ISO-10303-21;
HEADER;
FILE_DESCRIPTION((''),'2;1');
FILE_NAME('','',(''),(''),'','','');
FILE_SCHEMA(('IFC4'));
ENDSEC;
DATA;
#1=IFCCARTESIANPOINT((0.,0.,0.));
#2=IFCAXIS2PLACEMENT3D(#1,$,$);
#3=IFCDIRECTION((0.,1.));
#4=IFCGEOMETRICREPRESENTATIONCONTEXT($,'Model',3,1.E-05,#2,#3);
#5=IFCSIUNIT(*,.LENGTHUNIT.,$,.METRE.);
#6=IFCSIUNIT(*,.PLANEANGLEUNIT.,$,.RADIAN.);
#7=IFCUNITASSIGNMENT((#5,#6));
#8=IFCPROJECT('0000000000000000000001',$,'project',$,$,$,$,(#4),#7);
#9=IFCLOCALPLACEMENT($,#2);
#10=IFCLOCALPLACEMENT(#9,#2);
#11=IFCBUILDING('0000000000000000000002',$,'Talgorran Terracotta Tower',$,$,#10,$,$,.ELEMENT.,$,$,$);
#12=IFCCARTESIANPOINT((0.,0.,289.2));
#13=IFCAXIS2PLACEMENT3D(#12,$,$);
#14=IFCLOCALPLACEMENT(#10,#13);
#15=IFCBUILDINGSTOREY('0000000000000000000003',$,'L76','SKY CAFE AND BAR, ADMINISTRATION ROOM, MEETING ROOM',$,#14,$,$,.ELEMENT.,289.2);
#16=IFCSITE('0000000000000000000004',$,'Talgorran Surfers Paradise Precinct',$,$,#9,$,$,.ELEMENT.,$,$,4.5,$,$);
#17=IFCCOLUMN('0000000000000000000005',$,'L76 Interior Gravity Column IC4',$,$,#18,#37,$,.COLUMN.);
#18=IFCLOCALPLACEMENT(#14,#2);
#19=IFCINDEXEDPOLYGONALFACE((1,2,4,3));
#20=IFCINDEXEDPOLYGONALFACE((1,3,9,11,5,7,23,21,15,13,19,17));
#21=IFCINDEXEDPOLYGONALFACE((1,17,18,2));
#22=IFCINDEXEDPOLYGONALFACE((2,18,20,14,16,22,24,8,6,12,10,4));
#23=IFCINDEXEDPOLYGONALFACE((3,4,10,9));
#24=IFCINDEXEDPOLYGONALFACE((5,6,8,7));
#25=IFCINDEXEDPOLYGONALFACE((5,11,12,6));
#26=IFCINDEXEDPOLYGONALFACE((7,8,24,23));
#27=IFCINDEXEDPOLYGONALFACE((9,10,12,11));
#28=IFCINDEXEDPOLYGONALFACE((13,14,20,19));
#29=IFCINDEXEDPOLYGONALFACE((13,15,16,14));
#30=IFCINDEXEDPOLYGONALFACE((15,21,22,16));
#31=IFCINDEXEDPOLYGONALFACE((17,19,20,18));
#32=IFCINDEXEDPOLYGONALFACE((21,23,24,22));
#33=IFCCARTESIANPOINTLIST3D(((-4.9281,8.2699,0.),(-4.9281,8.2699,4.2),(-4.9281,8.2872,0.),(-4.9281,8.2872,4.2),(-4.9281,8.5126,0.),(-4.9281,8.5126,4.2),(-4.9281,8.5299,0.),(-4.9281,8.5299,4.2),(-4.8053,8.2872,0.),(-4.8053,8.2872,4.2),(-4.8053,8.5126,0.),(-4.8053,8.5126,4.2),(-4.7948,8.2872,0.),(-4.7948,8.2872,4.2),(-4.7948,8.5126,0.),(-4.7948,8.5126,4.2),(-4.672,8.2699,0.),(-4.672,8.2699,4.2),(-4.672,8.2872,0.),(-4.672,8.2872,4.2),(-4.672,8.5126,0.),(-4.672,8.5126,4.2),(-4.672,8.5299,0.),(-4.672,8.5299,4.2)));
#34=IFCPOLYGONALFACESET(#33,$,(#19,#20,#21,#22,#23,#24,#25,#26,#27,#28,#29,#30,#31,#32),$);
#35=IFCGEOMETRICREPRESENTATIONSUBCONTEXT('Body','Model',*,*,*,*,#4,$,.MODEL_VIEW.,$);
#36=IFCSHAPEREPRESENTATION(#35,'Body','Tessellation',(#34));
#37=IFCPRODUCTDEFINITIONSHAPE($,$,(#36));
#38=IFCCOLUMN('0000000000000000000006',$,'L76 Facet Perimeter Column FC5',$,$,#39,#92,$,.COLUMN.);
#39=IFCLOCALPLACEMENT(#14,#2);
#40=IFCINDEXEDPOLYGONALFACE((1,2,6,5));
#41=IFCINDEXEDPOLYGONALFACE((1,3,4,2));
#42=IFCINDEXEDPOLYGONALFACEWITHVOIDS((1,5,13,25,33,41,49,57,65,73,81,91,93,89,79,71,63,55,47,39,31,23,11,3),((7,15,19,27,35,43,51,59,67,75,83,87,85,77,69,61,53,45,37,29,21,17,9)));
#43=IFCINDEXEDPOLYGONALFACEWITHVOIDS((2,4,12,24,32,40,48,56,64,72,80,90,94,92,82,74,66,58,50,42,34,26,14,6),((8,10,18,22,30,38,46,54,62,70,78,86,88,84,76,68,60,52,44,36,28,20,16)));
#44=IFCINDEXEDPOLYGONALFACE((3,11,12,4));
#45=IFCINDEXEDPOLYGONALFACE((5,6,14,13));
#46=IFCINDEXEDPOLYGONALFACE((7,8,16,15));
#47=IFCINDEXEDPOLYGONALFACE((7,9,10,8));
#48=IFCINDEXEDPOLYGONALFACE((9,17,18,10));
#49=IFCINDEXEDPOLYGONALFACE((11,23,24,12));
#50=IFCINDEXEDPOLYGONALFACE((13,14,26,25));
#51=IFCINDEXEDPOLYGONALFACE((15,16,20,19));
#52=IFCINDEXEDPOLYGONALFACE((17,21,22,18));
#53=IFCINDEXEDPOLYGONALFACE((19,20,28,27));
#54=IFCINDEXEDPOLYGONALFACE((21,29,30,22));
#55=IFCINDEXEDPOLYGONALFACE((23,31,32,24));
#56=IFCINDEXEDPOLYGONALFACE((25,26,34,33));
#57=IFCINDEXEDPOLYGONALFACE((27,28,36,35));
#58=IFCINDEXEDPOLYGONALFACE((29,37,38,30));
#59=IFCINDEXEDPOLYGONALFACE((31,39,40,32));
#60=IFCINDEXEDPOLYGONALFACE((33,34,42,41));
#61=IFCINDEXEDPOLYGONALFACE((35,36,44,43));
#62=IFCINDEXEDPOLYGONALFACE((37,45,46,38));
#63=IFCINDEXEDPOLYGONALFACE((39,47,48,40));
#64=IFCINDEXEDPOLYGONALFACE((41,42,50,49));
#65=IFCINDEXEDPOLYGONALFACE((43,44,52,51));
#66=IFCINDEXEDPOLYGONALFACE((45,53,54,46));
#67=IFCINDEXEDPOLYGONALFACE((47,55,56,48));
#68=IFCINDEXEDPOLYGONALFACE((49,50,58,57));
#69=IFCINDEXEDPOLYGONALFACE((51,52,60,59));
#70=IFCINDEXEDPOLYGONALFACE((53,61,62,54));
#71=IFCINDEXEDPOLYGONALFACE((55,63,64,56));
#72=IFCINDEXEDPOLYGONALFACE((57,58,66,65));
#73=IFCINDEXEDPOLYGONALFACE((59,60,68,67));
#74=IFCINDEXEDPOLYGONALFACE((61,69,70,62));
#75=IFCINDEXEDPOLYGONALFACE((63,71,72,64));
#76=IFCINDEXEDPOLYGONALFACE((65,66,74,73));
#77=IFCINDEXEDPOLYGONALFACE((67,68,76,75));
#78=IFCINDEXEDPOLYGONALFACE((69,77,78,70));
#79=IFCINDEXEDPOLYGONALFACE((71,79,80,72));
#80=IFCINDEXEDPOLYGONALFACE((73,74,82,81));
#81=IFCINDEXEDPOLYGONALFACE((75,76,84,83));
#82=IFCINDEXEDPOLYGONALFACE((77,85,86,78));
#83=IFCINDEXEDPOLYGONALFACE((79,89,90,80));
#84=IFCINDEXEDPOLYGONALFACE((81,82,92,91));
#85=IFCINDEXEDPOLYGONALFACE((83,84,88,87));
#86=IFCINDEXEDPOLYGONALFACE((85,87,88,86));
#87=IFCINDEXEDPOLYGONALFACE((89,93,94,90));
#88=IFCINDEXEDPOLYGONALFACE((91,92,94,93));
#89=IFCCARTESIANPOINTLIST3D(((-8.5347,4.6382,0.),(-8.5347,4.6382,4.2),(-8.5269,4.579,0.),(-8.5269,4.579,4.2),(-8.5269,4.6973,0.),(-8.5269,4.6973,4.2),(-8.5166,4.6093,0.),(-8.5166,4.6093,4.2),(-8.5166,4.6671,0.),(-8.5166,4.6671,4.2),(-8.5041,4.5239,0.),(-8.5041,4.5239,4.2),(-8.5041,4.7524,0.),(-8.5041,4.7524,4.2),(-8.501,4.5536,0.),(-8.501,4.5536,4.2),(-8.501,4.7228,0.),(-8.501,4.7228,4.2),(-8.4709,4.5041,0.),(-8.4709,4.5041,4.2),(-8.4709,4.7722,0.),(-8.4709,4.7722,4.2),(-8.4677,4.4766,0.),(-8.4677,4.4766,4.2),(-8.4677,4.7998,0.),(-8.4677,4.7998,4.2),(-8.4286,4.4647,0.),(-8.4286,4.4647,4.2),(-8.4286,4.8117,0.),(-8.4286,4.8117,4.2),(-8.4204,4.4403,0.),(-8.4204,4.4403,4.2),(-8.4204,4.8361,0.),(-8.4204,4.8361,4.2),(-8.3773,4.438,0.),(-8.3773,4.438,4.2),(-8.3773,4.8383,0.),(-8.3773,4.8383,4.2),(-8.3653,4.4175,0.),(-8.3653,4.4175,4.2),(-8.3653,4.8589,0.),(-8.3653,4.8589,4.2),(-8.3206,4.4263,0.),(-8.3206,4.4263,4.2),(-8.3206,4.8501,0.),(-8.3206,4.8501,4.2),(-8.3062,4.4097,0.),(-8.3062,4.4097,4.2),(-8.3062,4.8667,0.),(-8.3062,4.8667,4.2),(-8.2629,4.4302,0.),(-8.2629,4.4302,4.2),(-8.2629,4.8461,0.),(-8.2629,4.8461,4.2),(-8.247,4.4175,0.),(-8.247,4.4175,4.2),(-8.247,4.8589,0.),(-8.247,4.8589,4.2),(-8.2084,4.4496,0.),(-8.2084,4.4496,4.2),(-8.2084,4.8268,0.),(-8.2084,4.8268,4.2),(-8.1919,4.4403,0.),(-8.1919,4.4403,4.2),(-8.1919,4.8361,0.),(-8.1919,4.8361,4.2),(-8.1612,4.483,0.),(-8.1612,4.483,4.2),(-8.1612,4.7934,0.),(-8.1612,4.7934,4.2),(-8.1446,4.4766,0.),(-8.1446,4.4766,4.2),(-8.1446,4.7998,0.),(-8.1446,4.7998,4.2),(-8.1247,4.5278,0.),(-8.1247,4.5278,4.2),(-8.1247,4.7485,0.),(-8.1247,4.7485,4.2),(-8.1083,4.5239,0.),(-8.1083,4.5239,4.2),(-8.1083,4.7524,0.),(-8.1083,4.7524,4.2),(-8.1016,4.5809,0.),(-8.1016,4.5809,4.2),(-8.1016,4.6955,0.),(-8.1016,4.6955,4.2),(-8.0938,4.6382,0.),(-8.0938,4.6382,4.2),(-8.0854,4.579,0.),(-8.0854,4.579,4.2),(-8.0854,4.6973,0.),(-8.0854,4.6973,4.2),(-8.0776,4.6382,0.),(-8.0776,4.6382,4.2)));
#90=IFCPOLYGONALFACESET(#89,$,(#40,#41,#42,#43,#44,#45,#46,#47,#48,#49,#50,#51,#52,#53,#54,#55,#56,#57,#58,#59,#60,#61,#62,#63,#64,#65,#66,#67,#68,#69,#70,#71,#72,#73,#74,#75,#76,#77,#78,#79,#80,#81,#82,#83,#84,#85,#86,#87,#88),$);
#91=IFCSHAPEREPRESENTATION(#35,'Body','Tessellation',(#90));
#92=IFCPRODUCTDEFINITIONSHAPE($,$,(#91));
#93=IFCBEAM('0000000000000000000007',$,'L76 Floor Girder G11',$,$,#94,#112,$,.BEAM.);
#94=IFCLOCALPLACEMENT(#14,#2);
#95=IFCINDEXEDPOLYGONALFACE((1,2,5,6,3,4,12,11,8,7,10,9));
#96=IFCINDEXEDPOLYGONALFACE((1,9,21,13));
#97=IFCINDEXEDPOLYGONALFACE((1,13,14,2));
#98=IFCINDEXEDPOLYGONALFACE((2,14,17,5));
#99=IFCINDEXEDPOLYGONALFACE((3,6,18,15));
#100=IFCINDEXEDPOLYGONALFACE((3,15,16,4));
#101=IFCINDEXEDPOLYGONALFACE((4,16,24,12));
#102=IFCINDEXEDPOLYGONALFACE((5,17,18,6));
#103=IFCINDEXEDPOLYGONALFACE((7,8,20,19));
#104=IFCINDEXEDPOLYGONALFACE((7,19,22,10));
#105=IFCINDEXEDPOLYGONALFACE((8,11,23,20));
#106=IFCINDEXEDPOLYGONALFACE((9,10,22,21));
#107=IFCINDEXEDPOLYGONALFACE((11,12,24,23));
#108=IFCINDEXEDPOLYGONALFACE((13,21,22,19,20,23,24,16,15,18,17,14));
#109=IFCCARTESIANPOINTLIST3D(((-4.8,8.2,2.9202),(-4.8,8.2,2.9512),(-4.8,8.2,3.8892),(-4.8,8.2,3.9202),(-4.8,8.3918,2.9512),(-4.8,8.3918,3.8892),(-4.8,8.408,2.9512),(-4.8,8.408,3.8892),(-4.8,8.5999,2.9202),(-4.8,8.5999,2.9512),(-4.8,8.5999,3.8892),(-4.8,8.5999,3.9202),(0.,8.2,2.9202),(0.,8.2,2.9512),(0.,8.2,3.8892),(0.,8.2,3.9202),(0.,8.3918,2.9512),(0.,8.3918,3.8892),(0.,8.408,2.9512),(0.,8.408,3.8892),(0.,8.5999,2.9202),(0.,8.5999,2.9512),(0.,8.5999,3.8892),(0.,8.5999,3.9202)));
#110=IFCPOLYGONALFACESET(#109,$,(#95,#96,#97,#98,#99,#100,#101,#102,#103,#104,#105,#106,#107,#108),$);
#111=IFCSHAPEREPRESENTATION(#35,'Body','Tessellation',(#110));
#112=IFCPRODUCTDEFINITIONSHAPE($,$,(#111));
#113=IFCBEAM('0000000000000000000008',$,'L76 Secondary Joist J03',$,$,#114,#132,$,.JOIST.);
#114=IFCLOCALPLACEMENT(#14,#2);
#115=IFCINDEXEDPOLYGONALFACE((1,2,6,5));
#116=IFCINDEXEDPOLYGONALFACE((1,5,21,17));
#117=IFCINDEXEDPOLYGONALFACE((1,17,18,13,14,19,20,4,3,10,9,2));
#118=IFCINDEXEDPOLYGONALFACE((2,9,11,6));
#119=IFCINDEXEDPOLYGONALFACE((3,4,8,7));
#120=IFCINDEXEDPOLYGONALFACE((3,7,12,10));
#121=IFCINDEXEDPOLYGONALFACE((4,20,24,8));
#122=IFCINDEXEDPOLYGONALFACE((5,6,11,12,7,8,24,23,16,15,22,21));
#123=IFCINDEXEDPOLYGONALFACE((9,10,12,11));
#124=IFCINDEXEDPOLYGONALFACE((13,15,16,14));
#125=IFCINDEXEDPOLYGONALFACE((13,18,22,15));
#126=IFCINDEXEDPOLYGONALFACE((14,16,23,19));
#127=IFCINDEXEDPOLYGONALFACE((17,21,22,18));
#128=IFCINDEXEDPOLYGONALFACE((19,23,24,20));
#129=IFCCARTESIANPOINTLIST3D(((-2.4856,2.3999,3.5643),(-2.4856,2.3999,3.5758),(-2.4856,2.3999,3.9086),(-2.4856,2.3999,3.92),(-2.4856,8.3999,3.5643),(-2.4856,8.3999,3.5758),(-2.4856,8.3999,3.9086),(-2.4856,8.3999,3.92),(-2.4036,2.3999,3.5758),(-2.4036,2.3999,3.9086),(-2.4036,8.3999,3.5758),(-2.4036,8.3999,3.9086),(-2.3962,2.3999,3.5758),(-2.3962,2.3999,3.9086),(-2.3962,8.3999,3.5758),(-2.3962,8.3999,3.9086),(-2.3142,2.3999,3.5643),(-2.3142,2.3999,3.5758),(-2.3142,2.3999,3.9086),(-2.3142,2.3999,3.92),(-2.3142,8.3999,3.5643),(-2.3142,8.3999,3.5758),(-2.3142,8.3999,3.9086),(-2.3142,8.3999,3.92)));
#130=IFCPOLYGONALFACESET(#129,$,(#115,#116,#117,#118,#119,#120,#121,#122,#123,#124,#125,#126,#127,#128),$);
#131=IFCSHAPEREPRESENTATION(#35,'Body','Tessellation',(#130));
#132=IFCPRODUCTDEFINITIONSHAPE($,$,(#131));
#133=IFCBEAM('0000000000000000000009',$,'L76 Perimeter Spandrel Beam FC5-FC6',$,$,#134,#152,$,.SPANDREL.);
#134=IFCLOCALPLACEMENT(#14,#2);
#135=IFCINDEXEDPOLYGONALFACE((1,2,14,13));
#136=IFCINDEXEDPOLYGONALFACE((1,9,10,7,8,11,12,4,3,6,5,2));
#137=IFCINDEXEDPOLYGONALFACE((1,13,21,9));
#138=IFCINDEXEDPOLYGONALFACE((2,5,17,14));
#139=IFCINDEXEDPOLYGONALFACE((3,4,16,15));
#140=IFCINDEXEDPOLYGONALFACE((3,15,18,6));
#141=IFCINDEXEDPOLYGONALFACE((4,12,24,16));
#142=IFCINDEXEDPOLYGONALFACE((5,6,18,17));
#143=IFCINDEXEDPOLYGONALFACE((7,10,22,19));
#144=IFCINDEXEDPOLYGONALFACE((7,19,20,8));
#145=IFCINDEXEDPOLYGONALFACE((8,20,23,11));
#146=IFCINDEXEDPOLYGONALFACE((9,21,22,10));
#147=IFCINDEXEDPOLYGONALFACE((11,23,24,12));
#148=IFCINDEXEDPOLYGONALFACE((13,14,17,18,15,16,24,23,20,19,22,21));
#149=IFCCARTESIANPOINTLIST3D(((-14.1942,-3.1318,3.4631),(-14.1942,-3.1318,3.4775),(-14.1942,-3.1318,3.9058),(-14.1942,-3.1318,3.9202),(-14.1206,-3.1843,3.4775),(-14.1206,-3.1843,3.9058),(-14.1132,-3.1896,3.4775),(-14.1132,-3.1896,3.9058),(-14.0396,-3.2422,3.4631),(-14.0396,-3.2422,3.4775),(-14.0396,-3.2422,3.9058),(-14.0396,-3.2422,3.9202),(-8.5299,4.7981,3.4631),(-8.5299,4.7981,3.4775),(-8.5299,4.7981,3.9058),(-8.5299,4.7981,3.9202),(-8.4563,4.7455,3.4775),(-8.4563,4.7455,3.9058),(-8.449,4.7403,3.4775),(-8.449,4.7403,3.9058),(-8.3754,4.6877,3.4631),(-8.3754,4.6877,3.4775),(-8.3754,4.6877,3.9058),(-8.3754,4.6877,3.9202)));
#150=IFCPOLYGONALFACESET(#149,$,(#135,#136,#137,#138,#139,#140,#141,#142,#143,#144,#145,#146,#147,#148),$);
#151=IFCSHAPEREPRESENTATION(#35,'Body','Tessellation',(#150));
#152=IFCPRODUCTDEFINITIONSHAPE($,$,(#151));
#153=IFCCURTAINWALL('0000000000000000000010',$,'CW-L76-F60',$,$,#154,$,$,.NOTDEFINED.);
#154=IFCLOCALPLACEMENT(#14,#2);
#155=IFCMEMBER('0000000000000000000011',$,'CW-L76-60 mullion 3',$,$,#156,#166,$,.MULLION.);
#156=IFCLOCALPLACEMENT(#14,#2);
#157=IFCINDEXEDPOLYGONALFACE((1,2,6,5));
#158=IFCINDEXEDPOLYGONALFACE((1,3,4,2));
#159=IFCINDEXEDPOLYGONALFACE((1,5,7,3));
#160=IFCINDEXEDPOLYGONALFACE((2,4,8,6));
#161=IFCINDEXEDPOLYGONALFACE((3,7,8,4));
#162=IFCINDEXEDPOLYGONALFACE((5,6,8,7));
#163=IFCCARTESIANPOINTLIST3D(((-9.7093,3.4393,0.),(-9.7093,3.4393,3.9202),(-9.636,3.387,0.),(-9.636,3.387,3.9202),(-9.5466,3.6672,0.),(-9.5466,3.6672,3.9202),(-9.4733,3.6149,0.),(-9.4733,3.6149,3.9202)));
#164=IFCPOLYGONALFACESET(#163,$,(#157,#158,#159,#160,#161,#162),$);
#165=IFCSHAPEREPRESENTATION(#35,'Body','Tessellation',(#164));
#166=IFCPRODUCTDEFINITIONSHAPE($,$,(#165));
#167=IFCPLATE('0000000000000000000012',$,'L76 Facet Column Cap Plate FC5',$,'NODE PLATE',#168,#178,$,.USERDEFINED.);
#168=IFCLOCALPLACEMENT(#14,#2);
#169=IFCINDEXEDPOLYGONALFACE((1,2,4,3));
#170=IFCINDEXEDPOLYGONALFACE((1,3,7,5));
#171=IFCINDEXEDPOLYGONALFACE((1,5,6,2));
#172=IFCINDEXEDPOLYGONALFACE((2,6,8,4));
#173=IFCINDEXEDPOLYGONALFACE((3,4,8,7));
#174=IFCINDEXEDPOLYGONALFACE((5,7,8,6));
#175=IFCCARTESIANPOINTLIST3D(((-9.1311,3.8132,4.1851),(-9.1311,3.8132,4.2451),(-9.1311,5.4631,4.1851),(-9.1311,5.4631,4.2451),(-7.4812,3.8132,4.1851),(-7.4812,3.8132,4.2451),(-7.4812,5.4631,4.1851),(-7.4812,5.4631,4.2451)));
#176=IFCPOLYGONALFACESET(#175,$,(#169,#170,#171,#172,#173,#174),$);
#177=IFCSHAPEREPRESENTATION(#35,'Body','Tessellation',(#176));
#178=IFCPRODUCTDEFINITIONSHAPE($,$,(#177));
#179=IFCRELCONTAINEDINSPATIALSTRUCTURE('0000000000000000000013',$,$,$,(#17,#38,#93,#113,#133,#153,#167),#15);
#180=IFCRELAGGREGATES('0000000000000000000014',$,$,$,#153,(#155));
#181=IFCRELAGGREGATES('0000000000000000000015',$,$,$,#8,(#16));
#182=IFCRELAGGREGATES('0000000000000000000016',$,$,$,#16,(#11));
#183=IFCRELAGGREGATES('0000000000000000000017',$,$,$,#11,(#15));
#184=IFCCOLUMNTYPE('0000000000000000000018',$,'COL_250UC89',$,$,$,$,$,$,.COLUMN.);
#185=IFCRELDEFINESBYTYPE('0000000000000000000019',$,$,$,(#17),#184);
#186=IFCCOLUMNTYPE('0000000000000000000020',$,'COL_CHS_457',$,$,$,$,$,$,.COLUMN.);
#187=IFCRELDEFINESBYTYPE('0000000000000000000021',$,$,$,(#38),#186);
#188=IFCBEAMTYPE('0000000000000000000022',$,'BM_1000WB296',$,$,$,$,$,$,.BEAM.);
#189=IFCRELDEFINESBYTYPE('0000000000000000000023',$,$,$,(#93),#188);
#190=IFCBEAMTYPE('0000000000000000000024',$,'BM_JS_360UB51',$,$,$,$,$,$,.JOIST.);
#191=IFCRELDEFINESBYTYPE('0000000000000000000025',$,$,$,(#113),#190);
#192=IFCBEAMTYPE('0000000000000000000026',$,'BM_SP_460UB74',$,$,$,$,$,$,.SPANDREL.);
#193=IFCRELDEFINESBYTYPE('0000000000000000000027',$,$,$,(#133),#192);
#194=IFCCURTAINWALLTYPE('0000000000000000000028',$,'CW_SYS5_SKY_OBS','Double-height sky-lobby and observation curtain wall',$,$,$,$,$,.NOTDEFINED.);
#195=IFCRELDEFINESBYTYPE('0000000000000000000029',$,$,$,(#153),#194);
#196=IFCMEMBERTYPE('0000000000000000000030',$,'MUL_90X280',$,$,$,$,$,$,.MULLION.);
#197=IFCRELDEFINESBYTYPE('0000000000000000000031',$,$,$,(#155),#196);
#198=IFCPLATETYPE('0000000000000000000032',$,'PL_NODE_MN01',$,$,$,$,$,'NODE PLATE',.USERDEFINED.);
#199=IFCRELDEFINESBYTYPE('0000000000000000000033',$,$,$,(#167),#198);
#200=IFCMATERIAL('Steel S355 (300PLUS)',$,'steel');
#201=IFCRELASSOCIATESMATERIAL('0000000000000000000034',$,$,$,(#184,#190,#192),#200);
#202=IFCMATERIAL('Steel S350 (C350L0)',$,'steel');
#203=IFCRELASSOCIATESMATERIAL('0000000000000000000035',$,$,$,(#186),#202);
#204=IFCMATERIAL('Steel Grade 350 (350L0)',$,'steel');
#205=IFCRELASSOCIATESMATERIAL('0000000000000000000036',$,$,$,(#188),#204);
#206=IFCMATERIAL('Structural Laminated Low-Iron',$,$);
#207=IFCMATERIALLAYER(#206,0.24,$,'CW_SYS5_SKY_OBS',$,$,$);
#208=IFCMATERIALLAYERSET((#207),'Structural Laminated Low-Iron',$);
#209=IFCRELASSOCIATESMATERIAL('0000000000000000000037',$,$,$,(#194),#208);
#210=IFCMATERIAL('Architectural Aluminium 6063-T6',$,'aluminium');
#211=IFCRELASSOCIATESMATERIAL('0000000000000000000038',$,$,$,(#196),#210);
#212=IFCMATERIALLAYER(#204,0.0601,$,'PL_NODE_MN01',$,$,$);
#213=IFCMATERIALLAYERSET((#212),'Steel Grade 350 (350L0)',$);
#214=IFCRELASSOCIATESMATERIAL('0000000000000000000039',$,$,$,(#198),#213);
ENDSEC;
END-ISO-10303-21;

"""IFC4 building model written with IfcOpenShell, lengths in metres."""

from ifc_helpers import new_model, si_unit, direction, frame, origin, origin_2d, place, context, subcontext, project, spatial, rectangle, hollow_circle, i_section, extrude, material, layer, layer_set, material_profile, profile_set, type_object, element, aggregate, save


model = new_model("IFC4")

# Units and contexts
model_context = context("Model", 3, precision=1e-05, world=origin(), true_north=direction((0.0, 1.0)))
body_context = subcontext(model_context, "Body", "Model", "MODEL_VIEW")
ifc_project = project(units=[si_unit("LENGTHUNIT", "METRE"), si_unit("PLANEANGLEUNIT", "RADIAN")], contexts=[model_context])

# Site, building, storey
site_placement = place(None, origin())
site = spatial("IfcSite", under=ifc_project, at=site_placement, Name="Talgorran Surfers Paradise Precinct", CompositionType="ELEMENT", RefElevation=4.5)
building_placement = place(site_placement, origin())
building = spatial("IfcBuilding", under=site, at=building_placement, Name="Talgorran Terracotta Tower", CompositionType="ELEMENT")
storey_placement = place(building_placement, frame((0.0, 0.0, 289.2)))
storey = spatial("IfcBuildingStorey", under=building, at=storey_placement, Name="L76", Description="SKY CAFE AND BAR, ADMINISTRATION ROOM, MEETING ROOM", CompositionType="ELEMENT", Elevation=289.2)

# Columns
ifc_material_1 = material(Name="Steel S355 (300PLUS)", Category="steel")
ifc_material_profile_1 = material_profile(ifc_material_1, i_section(OverallWidth=0.2561, OverallDepth=0.26, WebThickness=0.0105, FlangeThickness=0.0173, at=origin_2d()), Name="250UC89.5")
ifc_profile_set_1 = profile_set([ifc_material_profile_1], Name="Steel S355 (300PLUS)")
column_type_1 = type_object("IfcColumnType", Name="COL_250UC89", PredefinedType="COLUMN", material=ifc_profile_set_1)
column_1_placement = place(storey_placement, frame((-4.8, 8.3999, 0.0), z_axis=(0.0, 0.0, 1.0), x_axis=(1.0, 0.0, 0.0)))
element("IfcColumn", 1, at=column_1_placement, inside=storey, type_object=column_type_1, Name="L76 Interior Gravity Column IC4", PredefinedType="COLUMN", context=body_context, shape_type="SweptSolid", body=[
    extrude(i_section(OverallWidth=0.2561, OverallDepth=0.26, WebThickness=0.0105, FlangeThickness=0.0173, at=origin_2d()), origin(), (0.0, 0.0, 1.0), 4.2),
])
ifc_material_2 = material(Name="Steel S350 (C350L0)", Category="steel")
ifc_material_profile_2 = material_profile(ifc_material_2, hollow_circle(Radius=0.2285, WallThickness=0.0161, at=origin_2d()), Name="CHS457X16")
ifc_profile_set_2 = profile_set([ifc_material_profile_2], Name="Steel S350 (C350L0)")
column_type_2 = type_object("IfcColumnType", Name="COL_CHS_457", PredefinedType="COLUMN", material=ifc_profile_set_2)
column_2_placement = place(storey_placement, frame((-8.3062, 4.6382, 0.0), z_axis=(0.0, 0.0, 1.0), x_axis=(1.0, 0.0, 0.0)))
element("IfcColumn", 2, at=column_2_placement, inside=storey, type_object=column_type_2, Name="L76 Facet Perimeter Column FC5", PredefinedType="COLUMN", context=body_context, shape_type="SweptSolid", body=[
    extrude(hollow_circle(Radius=0.2285, WallThickness=0.0161, at=origin_2d()), origin(), (0.0, 0.0, 1.0), 4.2),
])

# Beams
ifc_material_3 = material(Name="Steel Grade 350 (350L0)", Category="steel")
ifc_material_profile_3 = material_profile(ifc_material_3, i_section(OverallWidth=0.3999, OverallDepth=1.0, WebThickness=0.0161, FlangeThickness=0.031, at=origin_2d()), Name="1000WB296")
ifc_profile_set_3 = profile_set([ifc_material_profile_3], Name="Steel Grade 350 (350L0)")
beam_type_1 = type_object("IfcBeamType", Name="BM_1000WB296", PredefinedType="BEAM", material=ifc_profile_set_3)
beam_1_placement = place(storey_placement, frame((-4.8, 8.3999, 3.4202), z_axis=(1.0, 0.0, 0.0), x_axis=(0.0, 1.0, 0.0)))
element("IfcBeam", 3, at=beam_1_placement, inside=storey, type_object=beam_type_1, Name="L76 Floor Girder G11", PredefinedType="BEAM", context=body_context, shape_type="SweptSolid", body=[
    extrude(i_section(OverallWidth=0.3999, OverallDepth=1.0, WebThickness=0.0161, FlangeThickness=0.031, at=origin_2d()), origin(), (0.0, 0.0, 1.0), 4.8),
])
ifc_material_profile_4 = material_profile(ifc_material_1, i_section(OverallWidth=0.1714, OverallDepth=0.3557, WebThickness=0.0073, FlangeThickness=0.0115, at=origin_2d()), Name="360UB50.7")
ifc_profile_set_4 = profile_set([ifc_material_profile_4], Name="Steel S355 (300PLUS)")
beam_type_2 = type_object("IfcBeamType", Name="BM_JS_360UB51", PredefinedType="JOIST", material=ifc_profile_set_4)
beam_2_placement = place(storey_placement, frame((-2.3999, 2.3999, 3.7422), z_axis=(0.0, 1.0, 0.0), x_axis=(-1.0, 0.0, 0.0)))
element("IfcBeam", 4, at=beam_2_placement, inside=storey, type_object=beam_type_2, Name="L76 Secondary Joist J03", PredefinedType="JOIST", context=body_context, shape_type="SweptSolid", body=[
    extrude(i_section(OverallWidth=0.1714, OverallDepth=0.3557, WebThickness=0.0073, FlangeThickness=0.0115, at=origin_2d()), origin(), (0.0, 0.0, 1.0), 6.0),
])
ifc_material_profile_5 = material_profile(ifc_material_1, i_section(OverallWidth=0.1899, OverallDepth=0.457, WebThickness=0.009, FlangeThickness=0.0144, at=origin_2d()), Name="460UB74.6")
ifc_profile_set_5 = profile_set([ifc_material_profile_5], Name="Steel S355 (300PLUS)")
beam_type_3 = type_object("IfcBeamType", Name="BM_SP_460UB74", PredefinedType="SPANDREL", material=ifc_profile_set_5)
beam_3_placement = place(storey_placement, frame((-8.4526, 4.7429, 3.6917), z_axis=(-0.581243, -0.81373, 0.0), x_axis=(0.81373, -0.581243, 0.0)))
element("IfcBeam", 5, at=beam_3_placement, inside=storey, type_object=beam_type_3, Name="L76 Perimeter Spandrel Beam FC5-FC6", PredefinedType="SPANDREL", context=body_context, shape_type="SweptSolid", body=[
    extrude(i_section(OverallWidth=0.1899, OverallDepth=0.457, WebThickness=0.009, FlangeThickness=0.0144, at=origin_2d()), origin(), (0.0, 0.0, 1.0), 9.7451),
])

# Curtain wall, member
ifc_material_4 = material(Name="Structural Laminated Low-Iron")
ifc_layer_1 = layer(ifc_material_4, 0.24, Name="CW_SYS5_SKY_OBS")
ifc_layer_set_1 = layer_set([ifc_layer_1], Name="Structural Laminated Low-Iron")
curtain_wall_type = type_object("IfcCurtainWallType", Name="CW_SYS5_SKY_OBS", Description="Double-height sky-lobby and observation curtain wall", PredefinedType="NOTDEFINED", material=ifc_layer_set_1)
curtain_wall_placement = place(storey_placement, origin())
curtain_wall = element("IfcCurtainWall", 6, at=curtain_wall_placement, inside=storey, type_object=curtain_wall_type, Name="CW-L76-F60", PredefinedType="NOTDEFINED")
ifc_material_5 = material(Name="Architectural Aluminium 6063-T6", Category="aluminium")
ifc_material_profile_6 = material_profile(ifc_material_5, rectangle(XDim=0.0901, YDim=0.28, at=origin_2d()), Name="CWM90X280")
ifc_profile_set_6 = profile_set([ifc_material_profile_6], Name="Architectural Aluminium 6063-T6")
member_type = type_object("IfcMemberType", Name="MUL_90X280", PredefinedType="MULLION", material=ifc_profile_set_6)
member_placement = place(storey_placement, frame((-9.5913, 3.5271, 0.0), z_axis=(0.0, 0.0, 1.0), x_axis=(0.813728, -0.581245, 0.0)))
member = element("IfcMember", 7, at=member_placement, type_object=member_type, Name="CW-L76-60 mullion 3", PredefinedType="MULLION", context=body_context, shape_type="SweptSolid", body=[
    extrude(rectangle(XDim=0.0901, YDim=0.28, at=origin_2d()), origin(), (0.0, 0.0, 1.0), 3.9202),
])

# Plate
ifc_layer_2 = layer(ifc_material_3, 0.0601, Name="PL_NODE_MN01")
ifc_layer_set_2 = layer_set([ifc_layer_2], Name="Steel Grade 350 (350L0)")
plate_type_1 = type_object("IfcPlateType", Name="PL_NODE_MN01", ElementType="NODE PLATE", PredefinedType="USERDEFINED", material=ifc_layer_set_2)
plate_1_placement = place(storey_placement, frame((-8.3062, 4.6382, 4.1851), z_axis=(0.0, 0.0, 1.0), x_axis=(1.0, 0.0, 0.0)))
element("IfcPlate", 8, at=plate_1_placement, inside=storey, type_object=plate_type_1, Name="L76 Facet Column Cap Plate FC5", ObjectType="NODE PLATE", PredefinedType="USERDEFINED", context=body_context, shape_type="SweptSolid", body=[
    extrude(rectangle(XDim=1.6499, YDim=1.6499, at=origin_2d()), origin(), (0.0, 0.0, 1.0), 0.0601),
])

aggregate(curtain_wall, [member])

save(model, "model.ifc")
